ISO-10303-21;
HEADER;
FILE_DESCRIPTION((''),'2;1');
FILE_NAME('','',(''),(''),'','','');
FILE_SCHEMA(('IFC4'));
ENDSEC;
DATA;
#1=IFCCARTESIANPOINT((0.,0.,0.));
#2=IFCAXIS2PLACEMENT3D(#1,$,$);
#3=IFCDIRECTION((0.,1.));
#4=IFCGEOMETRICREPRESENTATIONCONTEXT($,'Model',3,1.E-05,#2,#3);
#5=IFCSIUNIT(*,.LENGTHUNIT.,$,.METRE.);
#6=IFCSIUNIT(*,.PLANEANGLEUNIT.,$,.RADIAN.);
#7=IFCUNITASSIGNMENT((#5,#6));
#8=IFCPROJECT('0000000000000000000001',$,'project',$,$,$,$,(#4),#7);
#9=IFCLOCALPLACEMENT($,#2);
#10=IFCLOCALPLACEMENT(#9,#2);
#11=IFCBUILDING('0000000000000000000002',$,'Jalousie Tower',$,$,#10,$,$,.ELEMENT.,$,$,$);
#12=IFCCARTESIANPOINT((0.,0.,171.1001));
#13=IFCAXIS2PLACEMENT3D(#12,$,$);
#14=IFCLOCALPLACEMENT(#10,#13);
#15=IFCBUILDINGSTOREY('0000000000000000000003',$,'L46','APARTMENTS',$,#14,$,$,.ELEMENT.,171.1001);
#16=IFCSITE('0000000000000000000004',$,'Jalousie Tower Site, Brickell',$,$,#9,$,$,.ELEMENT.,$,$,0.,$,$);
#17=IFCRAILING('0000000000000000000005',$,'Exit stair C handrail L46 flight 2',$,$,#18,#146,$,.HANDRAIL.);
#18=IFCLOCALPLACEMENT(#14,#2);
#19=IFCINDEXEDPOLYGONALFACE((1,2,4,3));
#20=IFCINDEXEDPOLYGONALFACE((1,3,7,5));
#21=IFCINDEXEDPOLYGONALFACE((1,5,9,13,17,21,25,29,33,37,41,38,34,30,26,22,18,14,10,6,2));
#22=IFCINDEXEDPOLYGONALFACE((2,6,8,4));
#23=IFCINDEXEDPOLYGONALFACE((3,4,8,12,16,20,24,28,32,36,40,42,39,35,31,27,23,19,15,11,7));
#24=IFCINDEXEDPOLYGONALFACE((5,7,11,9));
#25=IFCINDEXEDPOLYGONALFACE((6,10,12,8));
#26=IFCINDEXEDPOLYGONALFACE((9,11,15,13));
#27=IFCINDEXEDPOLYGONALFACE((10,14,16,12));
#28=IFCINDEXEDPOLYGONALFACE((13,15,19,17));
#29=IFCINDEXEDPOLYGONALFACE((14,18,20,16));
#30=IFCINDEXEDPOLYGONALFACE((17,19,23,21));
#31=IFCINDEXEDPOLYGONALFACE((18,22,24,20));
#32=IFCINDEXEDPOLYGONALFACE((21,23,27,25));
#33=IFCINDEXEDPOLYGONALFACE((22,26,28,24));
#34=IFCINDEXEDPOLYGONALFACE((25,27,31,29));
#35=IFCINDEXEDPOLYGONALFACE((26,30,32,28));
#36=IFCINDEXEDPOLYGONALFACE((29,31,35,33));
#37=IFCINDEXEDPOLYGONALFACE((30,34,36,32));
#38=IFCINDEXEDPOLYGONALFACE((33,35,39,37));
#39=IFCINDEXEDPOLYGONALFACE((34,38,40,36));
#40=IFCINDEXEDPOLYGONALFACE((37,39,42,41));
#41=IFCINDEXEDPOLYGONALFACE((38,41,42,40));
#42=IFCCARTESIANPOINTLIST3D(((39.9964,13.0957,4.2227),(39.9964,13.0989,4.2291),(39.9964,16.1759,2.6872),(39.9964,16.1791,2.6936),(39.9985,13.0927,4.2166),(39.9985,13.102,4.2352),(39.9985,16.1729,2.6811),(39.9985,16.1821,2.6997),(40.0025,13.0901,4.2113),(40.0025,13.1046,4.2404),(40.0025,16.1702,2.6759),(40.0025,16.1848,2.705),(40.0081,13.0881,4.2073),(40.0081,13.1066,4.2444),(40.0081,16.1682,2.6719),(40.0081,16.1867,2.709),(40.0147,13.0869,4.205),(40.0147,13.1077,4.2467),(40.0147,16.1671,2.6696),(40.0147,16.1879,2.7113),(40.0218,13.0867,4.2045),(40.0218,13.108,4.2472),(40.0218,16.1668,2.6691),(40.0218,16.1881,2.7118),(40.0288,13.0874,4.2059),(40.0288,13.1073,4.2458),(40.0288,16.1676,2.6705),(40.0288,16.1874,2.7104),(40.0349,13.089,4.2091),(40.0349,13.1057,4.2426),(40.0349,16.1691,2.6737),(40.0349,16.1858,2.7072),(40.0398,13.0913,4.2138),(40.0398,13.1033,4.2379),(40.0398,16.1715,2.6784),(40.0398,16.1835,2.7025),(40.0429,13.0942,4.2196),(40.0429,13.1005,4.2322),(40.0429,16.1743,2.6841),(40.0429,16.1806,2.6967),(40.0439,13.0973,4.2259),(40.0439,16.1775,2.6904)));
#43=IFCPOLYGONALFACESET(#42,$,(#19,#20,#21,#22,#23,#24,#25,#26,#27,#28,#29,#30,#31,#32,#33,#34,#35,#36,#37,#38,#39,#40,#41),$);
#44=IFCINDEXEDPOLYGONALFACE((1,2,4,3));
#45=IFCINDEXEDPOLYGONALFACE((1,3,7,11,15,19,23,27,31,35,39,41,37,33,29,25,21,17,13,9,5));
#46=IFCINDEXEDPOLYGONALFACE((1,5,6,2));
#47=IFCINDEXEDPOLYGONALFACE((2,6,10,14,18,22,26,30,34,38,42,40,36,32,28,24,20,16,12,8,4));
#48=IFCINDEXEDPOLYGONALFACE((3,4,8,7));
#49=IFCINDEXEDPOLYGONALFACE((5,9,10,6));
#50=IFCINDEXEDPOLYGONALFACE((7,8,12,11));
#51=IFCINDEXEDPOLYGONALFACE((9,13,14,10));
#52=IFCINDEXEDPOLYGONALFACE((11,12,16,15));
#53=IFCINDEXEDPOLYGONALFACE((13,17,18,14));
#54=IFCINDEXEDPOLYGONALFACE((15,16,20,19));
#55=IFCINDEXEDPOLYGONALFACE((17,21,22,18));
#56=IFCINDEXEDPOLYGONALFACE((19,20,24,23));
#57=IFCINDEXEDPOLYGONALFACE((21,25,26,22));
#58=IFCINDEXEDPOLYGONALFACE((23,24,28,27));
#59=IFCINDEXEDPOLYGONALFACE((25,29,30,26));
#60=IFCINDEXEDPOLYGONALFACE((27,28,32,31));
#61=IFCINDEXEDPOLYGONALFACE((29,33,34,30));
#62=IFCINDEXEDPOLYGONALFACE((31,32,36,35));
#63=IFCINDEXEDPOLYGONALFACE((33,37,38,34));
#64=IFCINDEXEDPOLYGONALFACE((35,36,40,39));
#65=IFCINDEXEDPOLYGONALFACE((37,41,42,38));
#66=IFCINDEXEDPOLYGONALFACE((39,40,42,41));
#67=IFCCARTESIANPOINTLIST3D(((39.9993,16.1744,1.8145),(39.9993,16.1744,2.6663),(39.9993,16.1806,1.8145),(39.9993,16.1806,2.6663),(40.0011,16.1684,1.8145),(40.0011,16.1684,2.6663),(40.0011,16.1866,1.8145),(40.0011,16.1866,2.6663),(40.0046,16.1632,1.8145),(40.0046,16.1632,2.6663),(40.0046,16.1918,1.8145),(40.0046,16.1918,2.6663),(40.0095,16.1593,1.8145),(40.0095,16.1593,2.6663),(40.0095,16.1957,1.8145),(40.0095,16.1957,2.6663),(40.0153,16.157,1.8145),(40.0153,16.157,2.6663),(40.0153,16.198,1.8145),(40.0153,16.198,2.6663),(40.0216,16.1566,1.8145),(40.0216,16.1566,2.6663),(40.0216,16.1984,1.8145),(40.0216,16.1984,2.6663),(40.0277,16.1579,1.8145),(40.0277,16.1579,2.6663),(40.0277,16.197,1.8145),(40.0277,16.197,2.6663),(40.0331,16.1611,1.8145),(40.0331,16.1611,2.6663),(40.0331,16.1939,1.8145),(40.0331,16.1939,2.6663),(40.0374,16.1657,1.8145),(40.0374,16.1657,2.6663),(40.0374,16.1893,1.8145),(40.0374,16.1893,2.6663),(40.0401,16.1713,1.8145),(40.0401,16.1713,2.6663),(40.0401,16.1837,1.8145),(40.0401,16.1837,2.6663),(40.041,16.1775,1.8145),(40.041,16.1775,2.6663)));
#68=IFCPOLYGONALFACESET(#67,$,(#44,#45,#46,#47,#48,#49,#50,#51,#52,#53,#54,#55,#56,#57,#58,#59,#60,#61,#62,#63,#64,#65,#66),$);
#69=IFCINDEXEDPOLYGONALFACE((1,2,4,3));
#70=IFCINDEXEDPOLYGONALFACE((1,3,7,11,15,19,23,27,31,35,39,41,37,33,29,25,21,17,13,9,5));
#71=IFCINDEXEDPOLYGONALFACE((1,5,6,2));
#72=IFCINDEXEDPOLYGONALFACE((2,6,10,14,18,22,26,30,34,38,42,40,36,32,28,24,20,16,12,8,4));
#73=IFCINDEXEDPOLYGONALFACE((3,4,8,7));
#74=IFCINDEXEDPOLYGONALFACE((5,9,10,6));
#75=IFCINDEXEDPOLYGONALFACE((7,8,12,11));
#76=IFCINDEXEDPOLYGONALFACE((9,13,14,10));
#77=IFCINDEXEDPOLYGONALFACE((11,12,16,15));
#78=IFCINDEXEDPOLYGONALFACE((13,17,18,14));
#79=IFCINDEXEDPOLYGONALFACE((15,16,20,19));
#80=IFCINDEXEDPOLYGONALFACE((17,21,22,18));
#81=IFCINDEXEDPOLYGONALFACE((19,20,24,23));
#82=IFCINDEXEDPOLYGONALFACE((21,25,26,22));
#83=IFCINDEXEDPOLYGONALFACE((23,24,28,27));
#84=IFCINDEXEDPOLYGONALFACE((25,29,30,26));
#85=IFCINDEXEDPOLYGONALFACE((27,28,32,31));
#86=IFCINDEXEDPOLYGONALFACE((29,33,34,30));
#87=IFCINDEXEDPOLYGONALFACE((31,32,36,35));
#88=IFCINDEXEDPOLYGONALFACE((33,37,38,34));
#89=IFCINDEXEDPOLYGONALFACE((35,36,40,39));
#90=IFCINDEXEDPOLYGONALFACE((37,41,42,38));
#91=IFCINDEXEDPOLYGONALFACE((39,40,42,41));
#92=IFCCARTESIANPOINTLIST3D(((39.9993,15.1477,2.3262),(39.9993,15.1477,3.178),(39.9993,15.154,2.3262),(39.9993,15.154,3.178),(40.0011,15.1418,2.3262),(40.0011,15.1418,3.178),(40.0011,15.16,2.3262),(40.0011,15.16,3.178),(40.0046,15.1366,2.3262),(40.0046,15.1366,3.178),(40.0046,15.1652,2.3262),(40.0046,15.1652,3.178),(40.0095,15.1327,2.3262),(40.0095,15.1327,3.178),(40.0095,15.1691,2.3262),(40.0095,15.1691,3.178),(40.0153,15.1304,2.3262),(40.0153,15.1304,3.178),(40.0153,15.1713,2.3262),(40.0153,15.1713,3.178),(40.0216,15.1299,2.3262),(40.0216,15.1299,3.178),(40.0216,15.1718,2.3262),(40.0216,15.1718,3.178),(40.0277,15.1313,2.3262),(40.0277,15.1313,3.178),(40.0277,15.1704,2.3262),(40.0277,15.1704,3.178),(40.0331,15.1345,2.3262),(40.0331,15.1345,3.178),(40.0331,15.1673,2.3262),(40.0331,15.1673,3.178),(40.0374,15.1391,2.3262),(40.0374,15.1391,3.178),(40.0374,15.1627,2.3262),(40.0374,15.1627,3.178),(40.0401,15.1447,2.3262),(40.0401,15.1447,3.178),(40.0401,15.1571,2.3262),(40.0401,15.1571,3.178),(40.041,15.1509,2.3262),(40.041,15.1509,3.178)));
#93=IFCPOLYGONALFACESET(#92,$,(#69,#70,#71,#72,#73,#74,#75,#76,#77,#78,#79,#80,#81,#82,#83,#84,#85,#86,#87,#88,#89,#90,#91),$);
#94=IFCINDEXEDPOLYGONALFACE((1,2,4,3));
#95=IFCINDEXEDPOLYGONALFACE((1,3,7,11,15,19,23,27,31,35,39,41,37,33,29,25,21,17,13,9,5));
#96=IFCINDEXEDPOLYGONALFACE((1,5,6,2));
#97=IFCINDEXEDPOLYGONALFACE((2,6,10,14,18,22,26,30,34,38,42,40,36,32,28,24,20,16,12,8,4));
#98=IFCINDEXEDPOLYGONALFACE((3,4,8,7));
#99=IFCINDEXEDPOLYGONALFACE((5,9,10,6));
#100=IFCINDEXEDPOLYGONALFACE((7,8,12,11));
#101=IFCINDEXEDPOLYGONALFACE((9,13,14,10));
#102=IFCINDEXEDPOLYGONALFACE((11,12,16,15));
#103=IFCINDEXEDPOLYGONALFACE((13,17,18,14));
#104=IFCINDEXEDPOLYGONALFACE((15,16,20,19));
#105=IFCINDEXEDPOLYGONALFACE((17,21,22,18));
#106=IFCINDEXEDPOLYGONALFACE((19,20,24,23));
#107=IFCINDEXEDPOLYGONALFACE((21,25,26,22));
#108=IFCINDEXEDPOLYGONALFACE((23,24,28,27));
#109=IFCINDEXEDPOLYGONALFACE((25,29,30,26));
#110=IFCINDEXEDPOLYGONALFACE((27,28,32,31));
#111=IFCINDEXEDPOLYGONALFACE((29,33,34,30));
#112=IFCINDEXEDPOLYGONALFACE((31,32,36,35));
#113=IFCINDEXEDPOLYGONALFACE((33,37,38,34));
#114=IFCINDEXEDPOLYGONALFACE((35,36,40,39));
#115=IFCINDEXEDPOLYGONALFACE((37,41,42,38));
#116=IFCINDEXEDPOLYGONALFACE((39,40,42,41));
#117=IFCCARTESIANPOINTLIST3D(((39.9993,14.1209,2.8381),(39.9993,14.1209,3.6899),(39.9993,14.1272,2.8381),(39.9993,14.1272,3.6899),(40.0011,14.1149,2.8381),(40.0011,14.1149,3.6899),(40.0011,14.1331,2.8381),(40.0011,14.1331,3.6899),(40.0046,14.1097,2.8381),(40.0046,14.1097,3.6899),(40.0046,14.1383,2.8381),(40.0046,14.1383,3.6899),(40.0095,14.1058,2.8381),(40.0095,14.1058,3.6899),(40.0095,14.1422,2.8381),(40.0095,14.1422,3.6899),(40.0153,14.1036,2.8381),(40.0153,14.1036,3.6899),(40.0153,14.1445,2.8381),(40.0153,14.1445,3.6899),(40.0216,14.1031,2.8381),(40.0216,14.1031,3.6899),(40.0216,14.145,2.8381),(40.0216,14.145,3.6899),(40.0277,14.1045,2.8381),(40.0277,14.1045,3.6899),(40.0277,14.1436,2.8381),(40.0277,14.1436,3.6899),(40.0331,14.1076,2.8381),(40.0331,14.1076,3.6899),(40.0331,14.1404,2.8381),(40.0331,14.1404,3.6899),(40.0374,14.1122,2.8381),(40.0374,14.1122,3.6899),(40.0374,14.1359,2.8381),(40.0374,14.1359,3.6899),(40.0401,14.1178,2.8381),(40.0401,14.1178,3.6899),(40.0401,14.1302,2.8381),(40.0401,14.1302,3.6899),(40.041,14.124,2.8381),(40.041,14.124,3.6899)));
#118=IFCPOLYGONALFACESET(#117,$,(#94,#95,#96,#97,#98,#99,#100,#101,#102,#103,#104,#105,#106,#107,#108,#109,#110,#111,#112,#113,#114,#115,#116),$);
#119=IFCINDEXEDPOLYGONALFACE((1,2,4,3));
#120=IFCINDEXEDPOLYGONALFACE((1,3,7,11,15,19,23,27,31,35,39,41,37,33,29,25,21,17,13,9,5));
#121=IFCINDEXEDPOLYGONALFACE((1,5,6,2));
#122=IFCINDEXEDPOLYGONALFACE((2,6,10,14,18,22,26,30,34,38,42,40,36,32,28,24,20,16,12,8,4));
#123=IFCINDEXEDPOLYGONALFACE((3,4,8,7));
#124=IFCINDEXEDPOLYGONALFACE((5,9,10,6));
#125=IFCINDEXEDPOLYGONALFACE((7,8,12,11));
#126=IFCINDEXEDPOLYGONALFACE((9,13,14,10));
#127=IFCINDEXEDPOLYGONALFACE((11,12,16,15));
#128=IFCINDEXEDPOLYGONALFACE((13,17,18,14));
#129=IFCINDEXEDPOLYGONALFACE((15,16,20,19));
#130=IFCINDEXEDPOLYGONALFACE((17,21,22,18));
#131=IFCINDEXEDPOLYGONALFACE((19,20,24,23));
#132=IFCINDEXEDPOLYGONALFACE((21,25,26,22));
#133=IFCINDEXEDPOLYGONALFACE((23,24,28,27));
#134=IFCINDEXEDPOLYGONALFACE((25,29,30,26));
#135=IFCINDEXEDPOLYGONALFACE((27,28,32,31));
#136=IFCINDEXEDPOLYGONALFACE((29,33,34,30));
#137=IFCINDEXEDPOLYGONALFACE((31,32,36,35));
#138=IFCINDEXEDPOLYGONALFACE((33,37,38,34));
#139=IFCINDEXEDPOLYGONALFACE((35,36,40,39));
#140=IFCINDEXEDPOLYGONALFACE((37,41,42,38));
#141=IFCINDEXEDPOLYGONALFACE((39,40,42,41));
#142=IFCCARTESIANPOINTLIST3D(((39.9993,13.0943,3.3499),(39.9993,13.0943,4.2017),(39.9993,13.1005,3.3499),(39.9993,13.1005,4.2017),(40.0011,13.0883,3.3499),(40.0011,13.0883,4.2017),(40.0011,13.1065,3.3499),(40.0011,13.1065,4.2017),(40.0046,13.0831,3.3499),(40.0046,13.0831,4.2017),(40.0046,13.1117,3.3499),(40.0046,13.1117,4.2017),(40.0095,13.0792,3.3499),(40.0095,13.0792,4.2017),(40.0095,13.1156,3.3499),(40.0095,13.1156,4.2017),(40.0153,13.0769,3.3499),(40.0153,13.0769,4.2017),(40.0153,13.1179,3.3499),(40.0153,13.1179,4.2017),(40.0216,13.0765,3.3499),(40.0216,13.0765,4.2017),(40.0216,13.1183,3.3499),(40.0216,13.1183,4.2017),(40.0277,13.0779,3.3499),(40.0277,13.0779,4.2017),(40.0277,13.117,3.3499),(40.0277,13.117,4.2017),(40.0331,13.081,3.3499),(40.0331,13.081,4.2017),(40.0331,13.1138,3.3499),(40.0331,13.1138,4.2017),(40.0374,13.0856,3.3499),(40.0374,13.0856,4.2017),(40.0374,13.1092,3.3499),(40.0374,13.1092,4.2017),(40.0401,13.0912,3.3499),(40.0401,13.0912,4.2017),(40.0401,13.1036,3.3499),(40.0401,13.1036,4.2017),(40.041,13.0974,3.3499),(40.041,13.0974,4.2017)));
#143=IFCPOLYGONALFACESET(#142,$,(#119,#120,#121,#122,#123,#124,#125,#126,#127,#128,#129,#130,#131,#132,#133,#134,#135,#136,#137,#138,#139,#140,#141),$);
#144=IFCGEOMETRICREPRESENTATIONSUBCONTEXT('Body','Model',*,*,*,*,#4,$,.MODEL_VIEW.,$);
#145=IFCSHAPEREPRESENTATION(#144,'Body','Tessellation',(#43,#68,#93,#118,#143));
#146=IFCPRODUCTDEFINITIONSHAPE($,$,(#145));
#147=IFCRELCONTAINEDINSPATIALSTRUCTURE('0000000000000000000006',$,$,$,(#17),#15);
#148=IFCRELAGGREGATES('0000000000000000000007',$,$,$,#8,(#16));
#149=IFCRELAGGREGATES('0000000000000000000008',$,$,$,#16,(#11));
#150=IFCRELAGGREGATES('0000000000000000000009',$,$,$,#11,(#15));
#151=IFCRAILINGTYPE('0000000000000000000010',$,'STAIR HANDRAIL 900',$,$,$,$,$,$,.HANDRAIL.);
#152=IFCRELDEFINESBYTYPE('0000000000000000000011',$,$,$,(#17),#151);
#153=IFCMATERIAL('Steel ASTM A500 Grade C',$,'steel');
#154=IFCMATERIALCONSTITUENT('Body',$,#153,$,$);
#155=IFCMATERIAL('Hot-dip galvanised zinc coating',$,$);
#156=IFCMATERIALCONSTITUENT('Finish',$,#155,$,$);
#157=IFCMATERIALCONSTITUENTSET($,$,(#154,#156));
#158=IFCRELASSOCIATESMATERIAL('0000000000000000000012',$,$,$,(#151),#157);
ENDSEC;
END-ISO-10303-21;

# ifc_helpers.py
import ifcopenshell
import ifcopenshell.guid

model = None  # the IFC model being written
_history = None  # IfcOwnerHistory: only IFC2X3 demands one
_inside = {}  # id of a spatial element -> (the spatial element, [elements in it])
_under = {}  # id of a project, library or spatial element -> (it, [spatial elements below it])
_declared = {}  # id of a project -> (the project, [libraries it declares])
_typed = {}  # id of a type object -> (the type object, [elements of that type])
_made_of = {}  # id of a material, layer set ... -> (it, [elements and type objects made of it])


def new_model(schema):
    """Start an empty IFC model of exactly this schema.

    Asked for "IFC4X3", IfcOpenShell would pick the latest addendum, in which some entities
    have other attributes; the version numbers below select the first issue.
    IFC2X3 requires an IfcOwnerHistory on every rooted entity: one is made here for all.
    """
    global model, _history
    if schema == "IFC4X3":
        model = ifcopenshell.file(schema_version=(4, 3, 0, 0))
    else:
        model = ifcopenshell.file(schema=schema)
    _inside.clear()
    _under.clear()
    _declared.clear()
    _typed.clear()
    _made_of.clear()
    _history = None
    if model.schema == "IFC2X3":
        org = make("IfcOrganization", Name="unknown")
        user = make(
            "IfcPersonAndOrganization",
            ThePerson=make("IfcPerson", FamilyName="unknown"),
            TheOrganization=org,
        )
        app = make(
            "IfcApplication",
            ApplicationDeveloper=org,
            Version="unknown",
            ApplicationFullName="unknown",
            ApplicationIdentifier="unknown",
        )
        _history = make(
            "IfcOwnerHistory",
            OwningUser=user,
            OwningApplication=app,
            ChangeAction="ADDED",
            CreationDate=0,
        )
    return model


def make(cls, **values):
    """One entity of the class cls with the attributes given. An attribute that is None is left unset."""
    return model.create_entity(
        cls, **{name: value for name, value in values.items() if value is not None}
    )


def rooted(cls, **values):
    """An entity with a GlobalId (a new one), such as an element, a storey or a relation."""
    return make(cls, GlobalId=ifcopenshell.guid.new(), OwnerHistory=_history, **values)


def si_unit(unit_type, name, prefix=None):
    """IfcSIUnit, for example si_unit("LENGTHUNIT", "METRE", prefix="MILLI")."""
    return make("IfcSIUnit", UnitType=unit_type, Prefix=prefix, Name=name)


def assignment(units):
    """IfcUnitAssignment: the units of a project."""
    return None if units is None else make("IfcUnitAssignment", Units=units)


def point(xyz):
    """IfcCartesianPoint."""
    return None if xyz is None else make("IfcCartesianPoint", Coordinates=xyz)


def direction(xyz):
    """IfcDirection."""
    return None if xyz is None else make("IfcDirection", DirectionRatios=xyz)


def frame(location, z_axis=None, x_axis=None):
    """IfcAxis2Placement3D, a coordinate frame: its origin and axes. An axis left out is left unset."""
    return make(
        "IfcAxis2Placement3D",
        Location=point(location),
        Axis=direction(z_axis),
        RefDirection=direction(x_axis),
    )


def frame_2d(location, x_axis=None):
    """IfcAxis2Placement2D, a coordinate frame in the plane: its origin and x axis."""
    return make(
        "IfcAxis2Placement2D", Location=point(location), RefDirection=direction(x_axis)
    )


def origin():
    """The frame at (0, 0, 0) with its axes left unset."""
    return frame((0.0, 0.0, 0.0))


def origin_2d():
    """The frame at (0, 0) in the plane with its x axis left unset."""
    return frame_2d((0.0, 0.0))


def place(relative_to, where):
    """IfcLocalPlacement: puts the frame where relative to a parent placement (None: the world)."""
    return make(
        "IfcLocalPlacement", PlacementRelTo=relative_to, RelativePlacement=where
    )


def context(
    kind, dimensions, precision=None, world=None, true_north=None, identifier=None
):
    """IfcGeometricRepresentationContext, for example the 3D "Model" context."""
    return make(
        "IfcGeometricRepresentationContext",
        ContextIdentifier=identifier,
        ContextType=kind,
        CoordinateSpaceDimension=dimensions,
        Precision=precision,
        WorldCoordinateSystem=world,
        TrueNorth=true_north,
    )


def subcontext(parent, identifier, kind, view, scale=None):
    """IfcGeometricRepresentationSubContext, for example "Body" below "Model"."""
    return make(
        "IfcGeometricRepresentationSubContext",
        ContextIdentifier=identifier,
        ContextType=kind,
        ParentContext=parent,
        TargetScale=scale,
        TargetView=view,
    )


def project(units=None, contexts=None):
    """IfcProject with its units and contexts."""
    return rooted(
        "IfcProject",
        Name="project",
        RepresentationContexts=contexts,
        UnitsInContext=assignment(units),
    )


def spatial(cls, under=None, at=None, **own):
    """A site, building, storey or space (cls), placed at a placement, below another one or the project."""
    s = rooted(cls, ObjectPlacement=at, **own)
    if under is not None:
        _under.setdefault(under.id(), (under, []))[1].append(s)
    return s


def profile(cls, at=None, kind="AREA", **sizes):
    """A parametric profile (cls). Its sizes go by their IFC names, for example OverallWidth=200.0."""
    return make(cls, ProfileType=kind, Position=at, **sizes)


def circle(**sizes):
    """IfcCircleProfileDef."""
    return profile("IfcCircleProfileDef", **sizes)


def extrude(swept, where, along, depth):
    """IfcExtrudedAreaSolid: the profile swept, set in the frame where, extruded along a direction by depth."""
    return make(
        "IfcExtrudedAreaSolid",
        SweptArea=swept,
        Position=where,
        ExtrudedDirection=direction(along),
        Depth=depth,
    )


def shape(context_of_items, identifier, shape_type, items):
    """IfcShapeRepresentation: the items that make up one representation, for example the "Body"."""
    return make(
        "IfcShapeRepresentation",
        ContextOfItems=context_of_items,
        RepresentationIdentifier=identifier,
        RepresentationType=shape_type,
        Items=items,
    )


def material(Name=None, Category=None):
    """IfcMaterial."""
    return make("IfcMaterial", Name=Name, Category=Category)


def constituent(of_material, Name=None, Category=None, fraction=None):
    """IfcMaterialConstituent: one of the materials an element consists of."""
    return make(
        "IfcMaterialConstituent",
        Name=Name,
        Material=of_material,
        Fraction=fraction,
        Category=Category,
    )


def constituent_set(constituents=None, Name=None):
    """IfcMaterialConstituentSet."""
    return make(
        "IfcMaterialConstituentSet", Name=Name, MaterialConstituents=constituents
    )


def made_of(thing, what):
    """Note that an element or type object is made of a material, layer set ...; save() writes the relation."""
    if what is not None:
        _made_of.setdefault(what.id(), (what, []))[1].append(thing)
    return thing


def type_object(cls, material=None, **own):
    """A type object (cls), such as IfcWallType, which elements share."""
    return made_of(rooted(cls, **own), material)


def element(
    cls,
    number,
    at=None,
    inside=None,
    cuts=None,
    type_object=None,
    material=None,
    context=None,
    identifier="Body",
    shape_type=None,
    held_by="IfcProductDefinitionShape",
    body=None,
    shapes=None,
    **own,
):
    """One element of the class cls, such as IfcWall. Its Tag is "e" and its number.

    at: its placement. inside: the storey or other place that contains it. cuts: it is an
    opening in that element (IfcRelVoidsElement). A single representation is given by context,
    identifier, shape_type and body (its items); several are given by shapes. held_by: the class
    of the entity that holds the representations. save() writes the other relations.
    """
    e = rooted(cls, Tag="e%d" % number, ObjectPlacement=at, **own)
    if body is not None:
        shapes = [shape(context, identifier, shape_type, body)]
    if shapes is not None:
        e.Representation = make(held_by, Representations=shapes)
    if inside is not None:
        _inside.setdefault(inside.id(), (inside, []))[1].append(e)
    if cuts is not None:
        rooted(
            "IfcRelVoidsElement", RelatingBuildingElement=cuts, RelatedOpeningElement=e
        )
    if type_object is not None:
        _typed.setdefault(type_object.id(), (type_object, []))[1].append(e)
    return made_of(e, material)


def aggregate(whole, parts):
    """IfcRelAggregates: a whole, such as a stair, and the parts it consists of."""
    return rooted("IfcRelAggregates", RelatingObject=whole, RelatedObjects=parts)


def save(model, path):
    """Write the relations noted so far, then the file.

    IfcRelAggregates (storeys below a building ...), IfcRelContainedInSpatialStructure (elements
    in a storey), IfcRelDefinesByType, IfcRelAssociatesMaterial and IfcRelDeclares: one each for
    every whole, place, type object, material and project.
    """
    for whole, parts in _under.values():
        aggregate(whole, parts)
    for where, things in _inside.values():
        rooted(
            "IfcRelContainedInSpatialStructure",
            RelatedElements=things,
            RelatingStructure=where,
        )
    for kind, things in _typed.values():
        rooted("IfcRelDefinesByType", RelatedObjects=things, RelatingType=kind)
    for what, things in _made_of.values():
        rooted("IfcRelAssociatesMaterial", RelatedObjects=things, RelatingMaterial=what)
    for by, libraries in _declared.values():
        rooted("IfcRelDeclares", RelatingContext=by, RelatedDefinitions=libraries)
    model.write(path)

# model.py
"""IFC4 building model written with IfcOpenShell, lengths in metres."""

from ifc_helpers import new_model, si_unit, direction, frame, origin, origin_2d, place, context, subcontext, project, spatial, circle, extrude, material, constituent, constituent_set, type_object, element, save


model = new_model("IFC4")

# Units and contexts
model_context = context("Model", 3, precision=1e-05, world=origin(), true_north=direction((0.0, 1.0)))
body_context = subcontext(model_context, "Body", "Model", "MODEL_VIEW")
ifc_project = project(units=[si_unit("LENGTHUNIT", "METRE"), si_unit("PLANEANGLEUNIT", "RADIAN")], contexts=[model_context])

# Site, building, storey
site_placement = place(None, origin())
site = spatial("IfcSite", under=ifc_project, at=site_placement, Name="Jalousie Tower Site, Brickell", CompositionType="ELEMENT", RefElevation=0.0)
building_placement = place(site_placement, origin())
building = spatial("IfcBuilding", under=site, at=building_placement, Name="Jalousie Tower", CompositionType="ELEMENT")
storey_placement = place(building_placement, frame((0.0, 0.0, 171.1001)))
storey = spatial("IfcBuildingStorey", under=building, at=storey_placement, Name="L46", Description="APARTMENTS", CompositionType="ELEMENT", Elevation=171.1001)

# Railing
ifc_material_1 = material(Name="Steel ASTM A500 Grade C", Category="steel")
ifc_constituent_1 = constituent(ifc_material_1, Name="Body")
ifc_material_2 = material(Name="Hot-dip galvanised zinc coating")
ifc_constituent_2 = constituent(ifc_material_2, Name="Finish")
ifc_constituent_set_1 = constituent_set(constituents=[ifc_constituent_1, ifc_constituent_2])
railing_type_1 = type_object("IfcRailingType", Name="STAIR HANDRAIL 900", PredefinedType="HANDRAIL", material=ifc_constituent_set_1)
railing_1_placement = place(storey_placement, frame((40.02, 16.1775, 1.8145)))
element("IfcRailing", 1, at=railing_1_placement, inside=storey, type_object=railing_type_1, Name="Exit stair C handrail L46 flight 2", PredefinedType="HANDRAIL", context=body_context, shape_type="SweptSolid", body=[
    extrude(circle(Radius=0.0239, at=origin_2d()), frame((0.0, 0.0, 0.876), z_axis=(0.0, -0.894966, 0.446135), x_axis=(1.0, 0.0, 0.0)), (0.0, 0.0, 1.0), 3.4417),
    extrude(circle(Radius=0.021, at=origin_2d()), origin(), (0.0, 0.0, 1.0), 0.8518),
    extrude(circle(Radius=0.021, at=origin_2d()), frame((0.0, -1.0266, 0.5117)), (0.0, 0.0, 1.0), 0.8518),
    extrude(circle(Radius=0.021, at=origin_2d()), frame((0.0, -2.0535, 1.0237)), (0.0, 0.0, 1.0), 0.8518),
    extrude(circle(Radius=0.021, at=origin_2d()), frame((0.0, -3.0801, 1.5354)), (0.0, 0.0, 1.0), 0.8518),
])

save(model, "model.ifc")
